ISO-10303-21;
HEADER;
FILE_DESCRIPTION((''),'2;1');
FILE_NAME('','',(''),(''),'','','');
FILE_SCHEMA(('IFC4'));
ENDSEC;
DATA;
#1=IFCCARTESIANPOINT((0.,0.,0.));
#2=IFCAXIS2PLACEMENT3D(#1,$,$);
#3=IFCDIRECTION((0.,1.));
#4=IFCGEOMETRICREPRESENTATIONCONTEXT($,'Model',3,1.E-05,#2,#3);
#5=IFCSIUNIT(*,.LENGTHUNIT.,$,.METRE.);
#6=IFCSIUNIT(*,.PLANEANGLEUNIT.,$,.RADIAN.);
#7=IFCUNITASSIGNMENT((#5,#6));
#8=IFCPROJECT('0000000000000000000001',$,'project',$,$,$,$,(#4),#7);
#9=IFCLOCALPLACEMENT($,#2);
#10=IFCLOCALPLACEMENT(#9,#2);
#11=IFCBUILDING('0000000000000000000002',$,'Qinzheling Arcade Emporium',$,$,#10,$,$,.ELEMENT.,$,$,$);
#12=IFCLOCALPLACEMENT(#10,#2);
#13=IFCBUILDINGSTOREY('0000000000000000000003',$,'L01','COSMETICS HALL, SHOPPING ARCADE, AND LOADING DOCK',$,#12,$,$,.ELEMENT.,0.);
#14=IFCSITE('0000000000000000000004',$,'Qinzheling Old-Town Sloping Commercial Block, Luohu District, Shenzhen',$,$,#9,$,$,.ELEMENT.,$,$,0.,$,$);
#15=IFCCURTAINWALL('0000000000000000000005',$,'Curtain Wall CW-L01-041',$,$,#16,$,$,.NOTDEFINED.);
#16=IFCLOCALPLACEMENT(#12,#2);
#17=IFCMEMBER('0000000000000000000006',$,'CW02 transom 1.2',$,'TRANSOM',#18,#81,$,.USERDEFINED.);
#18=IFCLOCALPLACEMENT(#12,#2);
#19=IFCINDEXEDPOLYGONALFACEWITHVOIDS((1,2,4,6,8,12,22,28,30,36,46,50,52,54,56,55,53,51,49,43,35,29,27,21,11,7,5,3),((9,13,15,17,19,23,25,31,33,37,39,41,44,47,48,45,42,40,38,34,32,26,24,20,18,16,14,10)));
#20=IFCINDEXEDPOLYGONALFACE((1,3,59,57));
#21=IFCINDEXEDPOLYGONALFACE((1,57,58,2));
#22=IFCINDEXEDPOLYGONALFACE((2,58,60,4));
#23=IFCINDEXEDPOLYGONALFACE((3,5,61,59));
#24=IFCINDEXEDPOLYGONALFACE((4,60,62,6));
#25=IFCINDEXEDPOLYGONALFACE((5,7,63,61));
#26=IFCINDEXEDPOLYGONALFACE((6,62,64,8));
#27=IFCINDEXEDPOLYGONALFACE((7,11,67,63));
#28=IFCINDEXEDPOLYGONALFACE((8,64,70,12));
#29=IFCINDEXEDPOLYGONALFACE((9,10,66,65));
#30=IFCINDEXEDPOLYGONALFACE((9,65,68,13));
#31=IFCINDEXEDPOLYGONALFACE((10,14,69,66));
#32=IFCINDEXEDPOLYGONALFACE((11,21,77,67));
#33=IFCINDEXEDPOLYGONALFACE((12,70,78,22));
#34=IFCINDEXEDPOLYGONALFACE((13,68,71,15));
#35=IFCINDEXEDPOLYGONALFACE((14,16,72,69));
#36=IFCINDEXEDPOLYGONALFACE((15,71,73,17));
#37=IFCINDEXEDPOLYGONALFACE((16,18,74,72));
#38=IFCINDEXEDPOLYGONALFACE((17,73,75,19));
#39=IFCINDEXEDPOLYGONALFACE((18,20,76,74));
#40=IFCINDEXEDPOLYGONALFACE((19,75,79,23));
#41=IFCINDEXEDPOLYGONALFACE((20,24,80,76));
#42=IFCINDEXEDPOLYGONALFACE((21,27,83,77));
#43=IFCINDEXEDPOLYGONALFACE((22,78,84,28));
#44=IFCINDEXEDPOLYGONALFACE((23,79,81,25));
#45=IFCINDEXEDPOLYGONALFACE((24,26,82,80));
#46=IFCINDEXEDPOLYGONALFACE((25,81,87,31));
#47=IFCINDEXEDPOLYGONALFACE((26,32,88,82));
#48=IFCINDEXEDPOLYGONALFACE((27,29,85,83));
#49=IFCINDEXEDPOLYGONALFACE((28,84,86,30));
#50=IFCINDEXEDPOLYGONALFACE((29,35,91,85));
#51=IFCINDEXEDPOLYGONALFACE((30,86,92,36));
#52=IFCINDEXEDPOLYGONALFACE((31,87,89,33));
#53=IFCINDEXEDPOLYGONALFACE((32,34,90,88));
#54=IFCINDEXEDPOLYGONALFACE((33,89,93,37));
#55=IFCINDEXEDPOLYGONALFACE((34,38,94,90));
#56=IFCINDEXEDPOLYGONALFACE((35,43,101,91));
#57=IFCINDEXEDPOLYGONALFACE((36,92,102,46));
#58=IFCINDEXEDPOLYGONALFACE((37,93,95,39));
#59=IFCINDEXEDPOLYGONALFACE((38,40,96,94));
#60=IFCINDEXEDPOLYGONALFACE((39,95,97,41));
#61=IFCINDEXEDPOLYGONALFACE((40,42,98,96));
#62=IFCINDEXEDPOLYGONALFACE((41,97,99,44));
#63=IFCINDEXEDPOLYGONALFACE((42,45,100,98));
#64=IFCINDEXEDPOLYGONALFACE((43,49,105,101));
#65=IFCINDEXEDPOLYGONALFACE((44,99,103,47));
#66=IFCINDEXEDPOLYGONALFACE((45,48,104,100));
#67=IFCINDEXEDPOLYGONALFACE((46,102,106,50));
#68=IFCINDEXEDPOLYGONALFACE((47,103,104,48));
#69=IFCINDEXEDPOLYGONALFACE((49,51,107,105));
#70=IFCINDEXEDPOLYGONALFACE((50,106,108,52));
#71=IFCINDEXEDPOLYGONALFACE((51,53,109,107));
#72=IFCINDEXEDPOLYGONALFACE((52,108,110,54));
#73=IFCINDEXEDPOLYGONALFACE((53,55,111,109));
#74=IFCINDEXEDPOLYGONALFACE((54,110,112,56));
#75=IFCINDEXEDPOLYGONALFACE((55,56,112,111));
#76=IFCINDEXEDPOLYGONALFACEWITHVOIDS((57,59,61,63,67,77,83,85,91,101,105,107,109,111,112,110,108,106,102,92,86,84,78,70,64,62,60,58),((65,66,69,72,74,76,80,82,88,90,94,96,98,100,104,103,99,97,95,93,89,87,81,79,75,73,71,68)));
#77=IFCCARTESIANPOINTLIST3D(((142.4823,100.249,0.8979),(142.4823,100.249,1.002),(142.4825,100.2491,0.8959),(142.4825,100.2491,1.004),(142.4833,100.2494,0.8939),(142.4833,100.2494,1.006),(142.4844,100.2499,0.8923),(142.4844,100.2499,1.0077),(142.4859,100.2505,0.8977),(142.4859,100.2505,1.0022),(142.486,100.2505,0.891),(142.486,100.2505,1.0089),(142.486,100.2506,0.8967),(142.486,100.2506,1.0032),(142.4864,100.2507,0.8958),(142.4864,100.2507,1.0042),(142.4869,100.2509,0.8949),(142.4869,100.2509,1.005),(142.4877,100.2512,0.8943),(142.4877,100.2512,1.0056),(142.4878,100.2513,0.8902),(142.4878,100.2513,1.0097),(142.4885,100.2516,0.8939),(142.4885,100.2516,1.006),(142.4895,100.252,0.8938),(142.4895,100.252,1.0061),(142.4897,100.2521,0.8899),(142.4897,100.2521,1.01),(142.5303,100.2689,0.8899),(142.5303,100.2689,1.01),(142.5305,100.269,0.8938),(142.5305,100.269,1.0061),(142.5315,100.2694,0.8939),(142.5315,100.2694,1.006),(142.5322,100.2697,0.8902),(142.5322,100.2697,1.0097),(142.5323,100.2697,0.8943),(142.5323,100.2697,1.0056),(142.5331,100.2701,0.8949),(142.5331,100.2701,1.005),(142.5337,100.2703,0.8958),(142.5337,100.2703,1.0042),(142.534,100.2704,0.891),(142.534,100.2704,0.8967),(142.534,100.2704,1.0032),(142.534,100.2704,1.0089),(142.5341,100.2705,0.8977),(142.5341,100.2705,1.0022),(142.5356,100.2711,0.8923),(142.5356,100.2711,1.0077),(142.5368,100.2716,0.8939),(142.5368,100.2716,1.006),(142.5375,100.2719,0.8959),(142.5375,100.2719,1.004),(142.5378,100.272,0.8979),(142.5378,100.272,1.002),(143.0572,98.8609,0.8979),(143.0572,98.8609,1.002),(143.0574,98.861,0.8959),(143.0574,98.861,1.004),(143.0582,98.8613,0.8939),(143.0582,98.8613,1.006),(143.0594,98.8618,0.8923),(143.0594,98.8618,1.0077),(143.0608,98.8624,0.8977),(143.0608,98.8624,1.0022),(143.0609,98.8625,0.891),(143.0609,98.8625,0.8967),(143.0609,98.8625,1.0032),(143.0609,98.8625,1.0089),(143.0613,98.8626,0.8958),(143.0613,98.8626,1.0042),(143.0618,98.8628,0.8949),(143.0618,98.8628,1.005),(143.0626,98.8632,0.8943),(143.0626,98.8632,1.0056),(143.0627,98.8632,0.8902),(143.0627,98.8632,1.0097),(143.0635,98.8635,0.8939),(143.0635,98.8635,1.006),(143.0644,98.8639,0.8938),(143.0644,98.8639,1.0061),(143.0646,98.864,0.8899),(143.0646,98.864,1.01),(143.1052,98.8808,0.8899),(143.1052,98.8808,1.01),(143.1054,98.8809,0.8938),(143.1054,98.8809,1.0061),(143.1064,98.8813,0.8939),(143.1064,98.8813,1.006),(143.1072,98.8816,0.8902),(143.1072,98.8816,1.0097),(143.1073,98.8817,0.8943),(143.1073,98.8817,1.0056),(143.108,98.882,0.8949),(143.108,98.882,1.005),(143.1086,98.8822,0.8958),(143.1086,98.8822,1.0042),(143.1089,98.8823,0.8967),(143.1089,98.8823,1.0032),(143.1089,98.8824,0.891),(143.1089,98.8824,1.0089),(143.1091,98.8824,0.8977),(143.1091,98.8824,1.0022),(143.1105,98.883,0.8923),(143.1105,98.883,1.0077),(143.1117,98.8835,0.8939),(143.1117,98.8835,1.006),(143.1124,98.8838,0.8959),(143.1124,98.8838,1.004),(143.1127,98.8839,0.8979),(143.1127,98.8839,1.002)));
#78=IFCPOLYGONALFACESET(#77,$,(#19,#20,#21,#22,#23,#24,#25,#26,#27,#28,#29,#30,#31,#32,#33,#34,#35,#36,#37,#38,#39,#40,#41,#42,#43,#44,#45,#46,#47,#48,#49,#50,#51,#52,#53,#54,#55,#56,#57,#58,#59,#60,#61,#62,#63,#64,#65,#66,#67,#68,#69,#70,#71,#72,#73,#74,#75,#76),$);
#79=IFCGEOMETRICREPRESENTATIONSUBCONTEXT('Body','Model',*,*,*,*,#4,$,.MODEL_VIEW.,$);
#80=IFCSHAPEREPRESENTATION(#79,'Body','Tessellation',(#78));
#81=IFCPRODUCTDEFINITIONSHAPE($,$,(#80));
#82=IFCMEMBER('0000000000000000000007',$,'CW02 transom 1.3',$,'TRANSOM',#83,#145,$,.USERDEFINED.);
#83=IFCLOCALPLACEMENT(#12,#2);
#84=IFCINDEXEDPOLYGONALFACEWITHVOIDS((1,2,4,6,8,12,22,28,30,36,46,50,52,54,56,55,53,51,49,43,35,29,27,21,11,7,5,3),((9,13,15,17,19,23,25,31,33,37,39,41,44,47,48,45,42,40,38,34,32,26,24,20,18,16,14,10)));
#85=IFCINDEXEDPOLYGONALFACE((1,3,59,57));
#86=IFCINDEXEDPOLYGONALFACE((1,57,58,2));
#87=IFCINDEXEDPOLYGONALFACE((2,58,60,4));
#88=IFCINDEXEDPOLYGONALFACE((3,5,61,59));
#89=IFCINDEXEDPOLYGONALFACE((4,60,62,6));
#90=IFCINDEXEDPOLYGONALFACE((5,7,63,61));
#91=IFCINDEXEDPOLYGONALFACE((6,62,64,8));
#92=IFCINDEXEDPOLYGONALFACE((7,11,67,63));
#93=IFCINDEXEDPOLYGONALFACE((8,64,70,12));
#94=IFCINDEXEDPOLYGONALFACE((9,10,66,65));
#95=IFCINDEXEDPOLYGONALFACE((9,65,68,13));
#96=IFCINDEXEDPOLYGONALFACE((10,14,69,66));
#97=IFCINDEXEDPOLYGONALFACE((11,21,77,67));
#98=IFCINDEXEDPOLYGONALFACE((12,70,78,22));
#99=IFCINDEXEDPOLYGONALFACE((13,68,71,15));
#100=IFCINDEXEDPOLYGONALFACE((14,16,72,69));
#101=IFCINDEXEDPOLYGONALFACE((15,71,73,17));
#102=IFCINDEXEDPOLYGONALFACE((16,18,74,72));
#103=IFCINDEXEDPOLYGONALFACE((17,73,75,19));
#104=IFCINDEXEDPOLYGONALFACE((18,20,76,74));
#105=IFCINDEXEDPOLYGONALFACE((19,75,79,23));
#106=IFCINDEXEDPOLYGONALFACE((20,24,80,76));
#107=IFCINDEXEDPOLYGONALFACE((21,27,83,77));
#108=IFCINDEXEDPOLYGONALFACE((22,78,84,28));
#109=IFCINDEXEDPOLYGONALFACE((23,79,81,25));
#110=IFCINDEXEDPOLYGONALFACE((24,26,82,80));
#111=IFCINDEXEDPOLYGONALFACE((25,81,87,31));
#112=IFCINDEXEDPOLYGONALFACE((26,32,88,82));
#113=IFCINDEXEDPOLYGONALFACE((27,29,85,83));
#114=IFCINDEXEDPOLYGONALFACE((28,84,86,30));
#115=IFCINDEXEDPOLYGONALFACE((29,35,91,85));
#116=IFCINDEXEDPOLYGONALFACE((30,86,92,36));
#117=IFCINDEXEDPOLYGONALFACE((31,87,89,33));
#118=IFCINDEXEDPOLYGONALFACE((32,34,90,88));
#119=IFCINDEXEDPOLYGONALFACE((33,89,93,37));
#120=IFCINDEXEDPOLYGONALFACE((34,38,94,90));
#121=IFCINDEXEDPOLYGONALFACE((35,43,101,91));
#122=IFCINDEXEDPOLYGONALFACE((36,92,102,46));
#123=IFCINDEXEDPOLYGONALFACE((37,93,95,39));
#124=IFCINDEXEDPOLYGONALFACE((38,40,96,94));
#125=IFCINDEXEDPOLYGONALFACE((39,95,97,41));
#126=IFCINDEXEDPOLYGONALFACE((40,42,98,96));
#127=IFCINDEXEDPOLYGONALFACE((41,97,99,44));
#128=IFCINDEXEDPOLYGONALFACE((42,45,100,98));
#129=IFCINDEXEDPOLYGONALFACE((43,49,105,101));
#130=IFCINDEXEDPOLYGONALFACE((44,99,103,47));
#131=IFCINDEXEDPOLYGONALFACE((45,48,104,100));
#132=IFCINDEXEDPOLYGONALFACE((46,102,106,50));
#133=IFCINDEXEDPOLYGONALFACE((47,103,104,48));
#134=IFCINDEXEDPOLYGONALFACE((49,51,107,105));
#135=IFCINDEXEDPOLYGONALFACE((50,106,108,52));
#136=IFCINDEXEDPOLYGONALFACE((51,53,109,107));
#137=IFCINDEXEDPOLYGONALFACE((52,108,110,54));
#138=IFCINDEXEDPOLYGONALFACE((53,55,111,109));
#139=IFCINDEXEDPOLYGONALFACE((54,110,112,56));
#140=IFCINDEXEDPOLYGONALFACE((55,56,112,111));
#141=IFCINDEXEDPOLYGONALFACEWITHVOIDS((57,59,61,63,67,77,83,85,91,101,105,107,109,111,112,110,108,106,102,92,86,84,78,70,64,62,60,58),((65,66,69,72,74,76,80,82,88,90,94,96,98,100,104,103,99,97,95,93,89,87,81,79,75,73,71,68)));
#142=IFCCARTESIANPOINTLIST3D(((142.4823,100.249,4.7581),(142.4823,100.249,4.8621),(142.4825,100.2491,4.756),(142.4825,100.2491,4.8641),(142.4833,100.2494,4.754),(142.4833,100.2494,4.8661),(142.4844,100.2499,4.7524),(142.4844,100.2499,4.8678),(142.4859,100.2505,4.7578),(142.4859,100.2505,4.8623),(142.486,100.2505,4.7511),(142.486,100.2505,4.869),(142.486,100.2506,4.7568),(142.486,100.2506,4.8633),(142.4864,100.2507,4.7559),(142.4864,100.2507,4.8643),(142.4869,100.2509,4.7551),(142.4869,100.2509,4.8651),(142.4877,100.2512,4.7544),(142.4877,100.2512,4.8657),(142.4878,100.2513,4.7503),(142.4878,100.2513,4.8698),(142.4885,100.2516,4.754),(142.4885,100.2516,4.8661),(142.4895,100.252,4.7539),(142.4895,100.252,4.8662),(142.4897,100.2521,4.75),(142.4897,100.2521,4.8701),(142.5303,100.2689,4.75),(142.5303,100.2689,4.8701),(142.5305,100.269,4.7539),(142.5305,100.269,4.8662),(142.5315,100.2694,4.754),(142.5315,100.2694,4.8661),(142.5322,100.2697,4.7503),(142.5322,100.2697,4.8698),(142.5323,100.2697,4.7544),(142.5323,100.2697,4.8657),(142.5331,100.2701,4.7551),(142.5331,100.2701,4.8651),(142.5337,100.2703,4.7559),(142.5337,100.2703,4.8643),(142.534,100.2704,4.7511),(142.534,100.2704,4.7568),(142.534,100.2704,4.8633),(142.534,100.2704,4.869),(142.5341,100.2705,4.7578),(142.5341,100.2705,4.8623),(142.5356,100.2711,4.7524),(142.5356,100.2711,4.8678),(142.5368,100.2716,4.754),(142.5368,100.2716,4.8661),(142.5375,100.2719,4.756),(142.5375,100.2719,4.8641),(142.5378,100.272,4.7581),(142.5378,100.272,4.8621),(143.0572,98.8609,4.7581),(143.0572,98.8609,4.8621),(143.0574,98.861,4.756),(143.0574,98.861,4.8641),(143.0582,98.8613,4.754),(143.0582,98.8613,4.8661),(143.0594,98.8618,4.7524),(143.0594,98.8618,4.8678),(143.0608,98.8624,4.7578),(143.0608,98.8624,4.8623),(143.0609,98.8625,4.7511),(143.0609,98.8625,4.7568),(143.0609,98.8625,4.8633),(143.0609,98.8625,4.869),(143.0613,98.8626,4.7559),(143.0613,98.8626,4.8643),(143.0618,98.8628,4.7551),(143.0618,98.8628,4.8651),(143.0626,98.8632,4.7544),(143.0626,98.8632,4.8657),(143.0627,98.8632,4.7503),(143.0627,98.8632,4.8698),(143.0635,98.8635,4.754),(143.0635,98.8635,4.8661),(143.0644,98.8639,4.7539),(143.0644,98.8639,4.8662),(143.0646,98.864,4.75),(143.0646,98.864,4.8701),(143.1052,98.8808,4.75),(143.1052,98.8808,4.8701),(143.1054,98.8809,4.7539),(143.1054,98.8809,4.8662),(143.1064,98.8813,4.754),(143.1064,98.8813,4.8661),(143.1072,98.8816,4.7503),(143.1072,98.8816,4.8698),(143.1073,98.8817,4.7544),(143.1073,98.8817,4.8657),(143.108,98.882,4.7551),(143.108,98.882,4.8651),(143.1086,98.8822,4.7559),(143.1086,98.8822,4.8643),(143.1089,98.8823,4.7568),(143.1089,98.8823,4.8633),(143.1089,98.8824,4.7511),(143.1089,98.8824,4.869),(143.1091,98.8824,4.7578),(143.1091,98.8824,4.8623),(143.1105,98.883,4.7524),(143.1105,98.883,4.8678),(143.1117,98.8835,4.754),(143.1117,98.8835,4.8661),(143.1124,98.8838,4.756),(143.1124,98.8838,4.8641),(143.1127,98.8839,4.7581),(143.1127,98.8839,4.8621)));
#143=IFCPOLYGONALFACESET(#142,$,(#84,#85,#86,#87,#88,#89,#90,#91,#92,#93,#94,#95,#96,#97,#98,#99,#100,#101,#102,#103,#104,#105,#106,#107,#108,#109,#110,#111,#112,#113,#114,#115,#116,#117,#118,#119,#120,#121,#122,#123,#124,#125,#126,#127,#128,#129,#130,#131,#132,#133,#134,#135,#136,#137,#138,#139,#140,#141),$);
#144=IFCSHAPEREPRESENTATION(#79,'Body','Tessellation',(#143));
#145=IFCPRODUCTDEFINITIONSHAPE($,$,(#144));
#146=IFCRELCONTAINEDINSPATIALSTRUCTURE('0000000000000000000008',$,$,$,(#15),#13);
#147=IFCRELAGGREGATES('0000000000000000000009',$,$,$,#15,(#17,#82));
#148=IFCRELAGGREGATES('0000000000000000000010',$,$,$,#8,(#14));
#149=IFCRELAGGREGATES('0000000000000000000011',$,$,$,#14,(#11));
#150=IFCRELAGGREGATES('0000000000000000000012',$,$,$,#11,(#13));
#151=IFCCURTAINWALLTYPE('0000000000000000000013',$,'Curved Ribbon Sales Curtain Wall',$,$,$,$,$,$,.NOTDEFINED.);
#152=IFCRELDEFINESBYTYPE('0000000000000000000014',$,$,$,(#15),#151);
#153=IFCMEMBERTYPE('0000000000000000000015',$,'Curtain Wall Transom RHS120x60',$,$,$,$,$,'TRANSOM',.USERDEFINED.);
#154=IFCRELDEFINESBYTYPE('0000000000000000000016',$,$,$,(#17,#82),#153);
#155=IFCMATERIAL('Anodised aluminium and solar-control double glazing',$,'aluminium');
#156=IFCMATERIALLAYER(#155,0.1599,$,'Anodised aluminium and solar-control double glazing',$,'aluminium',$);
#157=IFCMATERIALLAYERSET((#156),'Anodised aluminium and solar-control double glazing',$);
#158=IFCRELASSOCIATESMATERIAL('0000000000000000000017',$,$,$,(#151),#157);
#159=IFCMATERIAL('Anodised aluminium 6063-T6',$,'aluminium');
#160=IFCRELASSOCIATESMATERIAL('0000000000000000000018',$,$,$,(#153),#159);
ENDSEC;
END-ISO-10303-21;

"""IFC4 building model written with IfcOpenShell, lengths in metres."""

from ifc_helpers import new_model, si_unit, direction, frame, origin, origin_2d, place, context, subcontext, project, spatial, hollow_rectangle, extrude, material, layer, layer_set, material_profile, profile_set, type_object, element, aggregate, save


model = new_model("IFC4")

# Units and contexts
model_context = context("Model", 3, precision=1e-05, world=origin(), true_north=direction((0.0, 1.0)))
body_context = subcontext(model_context, "Body", "Model", "MODEL_VIEW")
ifc_project = project(units=[si_unit("LENGTHUNIT", "METRE"), si_unit("PLANEANGLEUNIT", "RADIAN")], contexts=[model_context])

# Site, building, storey
site_placement = place(None, origin())
site = spatial("IfcSite", under=ifc_project, at=site_placement, Name="Qinzheling Old-Town Sloping Commercial Block, Luohu District, Shenzhen", CompositionType="ELEMENT", RefElevation=0.0)
building_placement = place(site_placement, origin())
building = spatial("IfcBuilding", under=site, at=building_placement, Name="Qinzheling Arcade Emporium", CompositionType="ELEMENT")
storey_placement = place(building_placement, origin())
storey = spatial("IfcBuildingStorey", under=building, at=storey_placement, Name="L01", Description="COSMETICS HALL, SHOPPING ARCADE, AND LOADING DOCK", CompositionType="ELEMENT", Elevation=0.0)

# Shared definitions
ifc_material_1 = material(Name="Anodised aluminium and solar-control double glazing", Category="aluminium")
ifc_layer_1 = layer(ifc_material_1, 0.1599, Name="Anodised aluminium and solar-control double glazing", Category="aluminium")
ifc_layer_set_1 = layer_set([ifc_layer_1], Name="Anodised aluminium and solar-control double glazing")
curtain_wall_type = type_object("IfcCurtainWallType", Name="Curved Ribbon Sales Curtain Wall", PredefinedType="NOTDEFINED", material=ifc_layer_set_1)
ifc_material_2 = material(Name="Anodised aluminium 6063-T6", Category="aluminium")

# Curtain wall
curtain_wall_1_placement = place(storey_placement, origin())
curtain_wall_1 = element("IfcCurtainWall", 1, at=curtain_wall_1_placement, inside=storey, type_object=curtain_wall_type, Name="Curtain Wall CW-L01-041", PredefinedType="NOTDEFINED")

# Members
ifc_material_profile_1 = material_profile(ifc_material_2, hollow_rectangle(XDim=0.0601, YDim=0.1201, WallThickness=0.0039, InnerFilletRadius=0.0039, OuterFilletRadius=0.0081, at=origin_2d()), Name="RHS 120x60x4", Category="aluminium")
ifc_profile_set_1 = profile_set([ifc_material_profile_1], Name="Anodised aluminium 6063-T6")
member_type_1 = type_object("IfcMemberType", Name="Curtain Wall Transom RHS120x60", ElementType="TRANSOM", PredefinedType="USERDEFINED", material=ifc_profile_set_1)
member_1_placement = place(storey_placement, frame((142.51, 100.2605, 0.95), z_axis=(0.382653, -0.923892, 0.0), x_axis=(0.923892, 0.382653, 0.0)))
member_1 = element("IfcMember", 2, at=member_1_placement, type_object=member_type_1, Name="CW02 transom 1.2", ObjectType="TRANSOM", PredefinedType="USERDEFINED", context=body_context, shape_type="SweptSolid", body=[
    extrude(hollow_rectangle(XDim=0.0601, YDim=0.1201, WallThickness=0.0039, InnerFilletRadius=0.0039, OuterFilletRadius=0.0081, at=origin_2d()), origin(), (0.0, 0.0, 1.0), 1.5024),
])
member_2_placement = place(storey_placement, frame((142.51, 100.2605, 4.8101), z_axis=(0.382653, -0.923892, 0.0), x_axis=(0.923892, 0.382653, 0.0)))
member_2 = element("IfcMember", 3, at=member_2_placement, type_object=member_type_1, Name="CW02 transom 1.3", ObjectType="TRANSOM", PredefinedType="USERDEFINED", context=body_context, shape_type="SweptSolid", body=[
    extrude(hollow_rectangle(XDim=0.0601, YDim=0.1201, WallThickness=0.0039, InnerFilletRadius=0.0039, OuterFilletRadius=0.0081, at=origin_2d()), origin(), (0.0, 0.0, 1.0), 1.5024),
])

aggregate(curtain_wall_1, [member_1, member_2])

save(model, "model.ifc")
